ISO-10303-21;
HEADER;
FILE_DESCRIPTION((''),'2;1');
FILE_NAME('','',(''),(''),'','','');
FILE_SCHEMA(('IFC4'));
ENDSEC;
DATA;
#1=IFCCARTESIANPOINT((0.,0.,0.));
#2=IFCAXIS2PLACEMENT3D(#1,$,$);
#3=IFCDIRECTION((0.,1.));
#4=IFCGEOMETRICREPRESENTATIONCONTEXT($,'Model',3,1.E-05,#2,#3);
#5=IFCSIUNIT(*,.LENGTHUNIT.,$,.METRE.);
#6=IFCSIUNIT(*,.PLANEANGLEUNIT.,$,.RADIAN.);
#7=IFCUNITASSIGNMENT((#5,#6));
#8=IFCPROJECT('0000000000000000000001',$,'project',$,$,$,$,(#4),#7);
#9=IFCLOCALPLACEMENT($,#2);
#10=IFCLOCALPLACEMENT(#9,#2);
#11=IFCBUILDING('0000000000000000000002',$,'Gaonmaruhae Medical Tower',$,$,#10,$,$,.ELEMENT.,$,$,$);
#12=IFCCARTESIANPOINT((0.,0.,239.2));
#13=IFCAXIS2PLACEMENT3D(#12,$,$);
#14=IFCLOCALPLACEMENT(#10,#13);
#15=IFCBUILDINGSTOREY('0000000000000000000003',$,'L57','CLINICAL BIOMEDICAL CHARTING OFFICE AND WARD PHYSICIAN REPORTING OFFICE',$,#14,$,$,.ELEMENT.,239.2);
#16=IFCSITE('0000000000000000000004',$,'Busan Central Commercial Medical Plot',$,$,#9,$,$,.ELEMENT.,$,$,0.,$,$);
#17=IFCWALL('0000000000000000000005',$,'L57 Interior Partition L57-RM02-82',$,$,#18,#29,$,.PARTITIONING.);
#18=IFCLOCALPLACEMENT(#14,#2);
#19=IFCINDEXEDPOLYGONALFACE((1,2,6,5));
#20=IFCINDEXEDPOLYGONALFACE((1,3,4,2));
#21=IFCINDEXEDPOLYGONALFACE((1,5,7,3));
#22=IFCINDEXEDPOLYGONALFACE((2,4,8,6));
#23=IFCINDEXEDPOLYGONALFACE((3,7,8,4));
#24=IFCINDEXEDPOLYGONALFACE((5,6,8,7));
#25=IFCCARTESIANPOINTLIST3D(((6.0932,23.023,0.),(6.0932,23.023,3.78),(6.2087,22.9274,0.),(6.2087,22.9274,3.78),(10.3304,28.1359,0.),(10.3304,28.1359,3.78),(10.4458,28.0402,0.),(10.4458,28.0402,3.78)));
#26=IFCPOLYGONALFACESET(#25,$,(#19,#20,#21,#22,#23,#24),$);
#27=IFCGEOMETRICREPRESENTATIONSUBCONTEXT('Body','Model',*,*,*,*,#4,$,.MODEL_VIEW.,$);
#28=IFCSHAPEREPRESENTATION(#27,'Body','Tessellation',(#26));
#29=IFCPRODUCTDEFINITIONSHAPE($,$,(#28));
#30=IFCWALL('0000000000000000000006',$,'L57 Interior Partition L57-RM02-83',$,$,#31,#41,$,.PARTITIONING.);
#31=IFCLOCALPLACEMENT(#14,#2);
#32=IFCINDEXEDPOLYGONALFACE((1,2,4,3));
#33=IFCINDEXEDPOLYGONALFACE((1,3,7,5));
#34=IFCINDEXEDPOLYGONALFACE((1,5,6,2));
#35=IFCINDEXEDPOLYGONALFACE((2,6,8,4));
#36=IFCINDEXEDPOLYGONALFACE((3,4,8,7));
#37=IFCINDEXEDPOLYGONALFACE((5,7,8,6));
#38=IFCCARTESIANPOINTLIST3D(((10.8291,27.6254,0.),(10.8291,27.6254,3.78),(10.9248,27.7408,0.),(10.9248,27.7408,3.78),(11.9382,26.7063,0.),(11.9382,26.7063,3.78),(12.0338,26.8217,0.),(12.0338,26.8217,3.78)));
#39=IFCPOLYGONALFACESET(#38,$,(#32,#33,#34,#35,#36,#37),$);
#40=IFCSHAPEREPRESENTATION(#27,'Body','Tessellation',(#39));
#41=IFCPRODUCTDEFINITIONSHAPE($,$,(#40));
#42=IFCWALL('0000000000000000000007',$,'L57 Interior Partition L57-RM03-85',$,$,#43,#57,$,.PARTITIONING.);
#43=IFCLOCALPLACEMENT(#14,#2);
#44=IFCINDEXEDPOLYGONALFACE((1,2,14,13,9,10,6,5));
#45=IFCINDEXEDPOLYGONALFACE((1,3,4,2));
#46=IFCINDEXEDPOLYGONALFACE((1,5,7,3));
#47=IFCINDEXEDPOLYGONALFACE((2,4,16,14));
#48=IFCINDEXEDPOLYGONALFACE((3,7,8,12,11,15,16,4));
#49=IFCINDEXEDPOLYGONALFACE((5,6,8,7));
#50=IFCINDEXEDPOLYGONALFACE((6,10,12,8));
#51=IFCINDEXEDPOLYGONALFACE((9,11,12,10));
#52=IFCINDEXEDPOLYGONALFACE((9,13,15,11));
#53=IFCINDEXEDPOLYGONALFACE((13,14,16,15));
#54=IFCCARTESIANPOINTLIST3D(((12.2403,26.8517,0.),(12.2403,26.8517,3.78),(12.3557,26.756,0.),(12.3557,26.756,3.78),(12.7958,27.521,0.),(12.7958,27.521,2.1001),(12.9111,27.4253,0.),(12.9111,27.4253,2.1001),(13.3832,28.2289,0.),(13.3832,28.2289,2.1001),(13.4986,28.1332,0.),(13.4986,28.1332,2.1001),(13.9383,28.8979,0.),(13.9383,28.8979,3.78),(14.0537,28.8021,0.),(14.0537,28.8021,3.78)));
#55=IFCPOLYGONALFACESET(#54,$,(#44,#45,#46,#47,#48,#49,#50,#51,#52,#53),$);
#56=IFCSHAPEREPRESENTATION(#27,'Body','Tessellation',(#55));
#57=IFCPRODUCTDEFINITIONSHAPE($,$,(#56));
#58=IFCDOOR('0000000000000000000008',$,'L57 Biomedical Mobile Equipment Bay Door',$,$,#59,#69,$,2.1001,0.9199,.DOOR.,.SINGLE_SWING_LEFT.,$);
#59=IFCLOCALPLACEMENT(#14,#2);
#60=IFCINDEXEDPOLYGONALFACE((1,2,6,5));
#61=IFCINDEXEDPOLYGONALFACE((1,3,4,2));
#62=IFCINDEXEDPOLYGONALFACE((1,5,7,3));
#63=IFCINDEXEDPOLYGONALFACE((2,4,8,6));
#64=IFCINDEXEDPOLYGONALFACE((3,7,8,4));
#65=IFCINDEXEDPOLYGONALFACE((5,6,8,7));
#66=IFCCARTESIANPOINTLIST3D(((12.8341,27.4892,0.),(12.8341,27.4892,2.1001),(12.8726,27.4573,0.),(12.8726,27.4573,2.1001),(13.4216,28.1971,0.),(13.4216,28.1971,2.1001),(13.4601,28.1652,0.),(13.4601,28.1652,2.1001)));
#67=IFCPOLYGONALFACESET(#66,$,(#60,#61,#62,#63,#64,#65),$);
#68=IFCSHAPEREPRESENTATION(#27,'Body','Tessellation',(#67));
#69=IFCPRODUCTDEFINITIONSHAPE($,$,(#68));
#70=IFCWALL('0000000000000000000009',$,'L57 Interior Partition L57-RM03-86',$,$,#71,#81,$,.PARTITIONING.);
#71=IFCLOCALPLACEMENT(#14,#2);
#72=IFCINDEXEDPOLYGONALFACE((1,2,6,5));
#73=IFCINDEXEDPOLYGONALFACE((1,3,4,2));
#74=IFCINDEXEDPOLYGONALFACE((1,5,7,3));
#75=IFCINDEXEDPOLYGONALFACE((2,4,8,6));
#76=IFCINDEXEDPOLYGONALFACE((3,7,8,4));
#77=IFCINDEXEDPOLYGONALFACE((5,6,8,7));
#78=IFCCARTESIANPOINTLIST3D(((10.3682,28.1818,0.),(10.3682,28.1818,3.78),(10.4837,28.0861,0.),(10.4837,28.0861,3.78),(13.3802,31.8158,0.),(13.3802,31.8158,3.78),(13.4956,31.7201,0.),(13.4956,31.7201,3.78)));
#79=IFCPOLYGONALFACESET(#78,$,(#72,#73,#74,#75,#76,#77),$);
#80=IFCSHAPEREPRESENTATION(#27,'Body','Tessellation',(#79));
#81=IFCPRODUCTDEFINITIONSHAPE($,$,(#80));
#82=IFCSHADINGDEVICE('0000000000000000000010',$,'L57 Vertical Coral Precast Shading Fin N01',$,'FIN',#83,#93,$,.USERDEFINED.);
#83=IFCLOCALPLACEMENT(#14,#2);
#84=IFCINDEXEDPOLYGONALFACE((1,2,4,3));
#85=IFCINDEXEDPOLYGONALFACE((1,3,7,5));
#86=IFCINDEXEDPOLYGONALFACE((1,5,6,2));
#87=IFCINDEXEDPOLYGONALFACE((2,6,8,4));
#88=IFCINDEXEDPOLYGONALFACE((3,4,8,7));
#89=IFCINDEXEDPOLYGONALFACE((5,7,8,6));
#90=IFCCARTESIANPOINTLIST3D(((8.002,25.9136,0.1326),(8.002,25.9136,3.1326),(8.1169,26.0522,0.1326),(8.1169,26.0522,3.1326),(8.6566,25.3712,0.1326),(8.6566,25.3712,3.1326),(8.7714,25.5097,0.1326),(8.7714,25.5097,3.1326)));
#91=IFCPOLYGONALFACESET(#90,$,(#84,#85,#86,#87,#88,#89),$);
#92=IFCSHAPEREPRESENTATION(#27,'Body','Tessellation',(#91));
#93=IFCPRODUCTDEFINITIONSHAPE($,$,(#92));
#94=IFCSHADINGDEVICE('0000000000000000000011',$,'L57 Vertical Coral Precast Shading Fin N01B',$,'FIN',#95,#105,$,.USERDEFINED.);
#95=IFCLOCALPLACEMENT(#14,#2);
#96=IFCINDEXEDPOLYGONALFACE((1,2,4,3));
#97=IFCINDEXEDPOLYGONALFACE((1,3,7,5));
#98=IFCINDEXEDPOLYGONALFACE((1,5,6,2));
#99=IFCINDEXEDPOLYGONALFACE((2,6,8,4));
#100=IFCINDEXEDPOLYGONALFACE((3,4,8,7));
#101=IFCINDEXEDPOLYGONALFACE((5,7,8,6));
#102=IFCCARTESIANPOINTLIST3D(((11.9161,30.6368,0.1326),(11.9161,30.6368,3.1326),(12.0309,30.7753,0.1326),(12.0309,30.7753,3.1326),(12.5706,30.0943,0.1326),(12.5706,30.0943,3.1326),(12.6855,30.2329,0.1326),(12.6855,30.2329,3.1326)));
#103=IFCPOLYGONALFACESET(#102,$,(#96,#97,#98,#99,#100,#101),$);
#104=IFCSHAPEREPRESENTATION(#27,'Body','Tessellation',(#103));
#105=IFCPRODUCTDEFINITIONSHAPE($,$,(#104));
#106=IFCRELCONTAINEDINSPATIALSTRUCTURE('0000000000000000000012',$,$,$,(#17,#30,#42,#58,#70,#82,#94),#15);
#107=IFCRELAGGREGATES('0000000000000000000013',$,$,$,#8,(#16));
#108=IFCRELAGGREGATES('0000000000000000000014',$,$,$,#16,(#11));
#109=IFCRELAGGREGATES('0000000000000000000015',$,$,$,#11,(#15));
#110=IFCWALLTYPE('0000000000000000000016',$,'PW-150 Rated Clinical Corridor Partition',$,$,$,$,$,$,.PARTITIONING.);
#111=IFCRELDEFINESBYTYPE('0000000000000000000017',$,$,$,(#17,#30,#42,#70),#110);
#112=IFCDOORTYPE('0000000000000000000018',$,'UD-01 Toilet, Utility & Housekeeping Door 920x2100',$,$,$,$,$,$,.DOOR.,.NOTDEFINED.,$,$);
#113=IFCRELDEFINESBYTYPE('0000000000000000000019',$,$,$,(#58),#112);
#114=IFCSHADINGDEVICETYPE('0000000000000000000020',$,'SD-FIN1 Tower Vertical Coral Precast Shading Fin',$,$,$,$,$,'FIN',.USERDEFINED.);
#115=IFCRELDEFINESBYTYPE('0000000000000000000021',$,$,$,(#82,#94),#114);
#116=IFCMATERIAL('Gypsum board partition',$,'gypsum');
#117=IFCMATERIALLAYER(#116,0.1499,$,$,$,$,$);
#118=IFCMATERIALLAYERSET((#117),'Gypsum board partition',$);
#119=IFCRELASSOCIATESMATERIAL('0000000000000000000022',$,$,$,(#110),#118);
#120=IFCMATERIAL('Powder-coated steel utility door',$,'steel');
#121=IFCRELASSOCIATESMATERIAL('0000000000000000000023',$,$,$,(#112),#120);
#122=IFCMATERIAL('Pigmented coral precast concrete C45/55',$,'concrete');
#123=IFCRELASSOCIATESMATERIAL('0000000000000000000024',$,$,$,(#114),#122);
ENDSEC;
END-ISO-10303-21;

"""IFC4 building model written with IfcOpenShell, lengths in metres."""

from ifc_helpers import new_model, si_unit, direction, frame, frame_2d, origin, origin_2d, place, context, subcontext, project, spatial, rectangle, extrude, material, layer, layer_set, type_object, element, fill, save


model = new_model("IFC4")

# Units and contexts
model_context = context("Model", 3, precision=1e-05, world=origin(), true_north=direction((0.0, 1.0)))
body_context = subcontext(model_context, "Body", "Model", "MODEL_VIEW")
ifc_project = project(units=[si_unit("LENGTHUNIT", "METRE"), si_unit("PLANEANGLEUNIT", "RADIAN")], contexts=[model_context])

# Site, building, storey
site_placement = place(None, origin())
site = spatial("IfcSite", under=ifc_project, at=site_placement, Name="Busan Central Commercial Medical Plot", CompositionType="ELEMENT", RefElevation=0.0)
building_placement = place(site_placement, origin())
building = spatial("IfcBuilding", under=site, at=building_placement, Name="Gaonmaruhae Medical Tower", CompositionType="ELEMENT")
storey_placement = place(building_placement, frame((0.0, 0.0, 239.2)))
storey = spatial("IfcBuildingStorey", under=building, at=storey_placement, Name="L57", Description="CLINICAL BIOMEDICAL CHARTING OFFICE AND WARD PHYSICIAN REPORTING OFFICE", CompositionType="ELEMENT", Elevation=239.2)

# Shared definitions
ifc_material_1 = material(Name="Gypsum board partition", Category="gypsum")
ifc_layer_1 = layer(ifc_material_1, 0.1499)
ifc_layer_set_1 = layer_set([ifc_layer_1], Name="Gypsum board partition")
wall_type_1 = type_object("IfcWallType", Name="PW-150 Rated Clinical Corridor Partition", PredefinedType="PARTITIONING", material=ifc_layer_set_1)

# Walls
wall_1_placement = place(storey_placement, frame((6.1509, 22.9751, 0.0), z_axis=(0.0, 0.0, 1.0), x_axis=(0.638085, 0.769966, 0.0)))
element("IfcWall", 1, at=wall_1_placement, inside=storey, type_object=wall_type_1, Name="L57 Interior Partition L57-RM02-82", PredefinedType="PARTITIONING", context=body_context, shape_type="SweptSolid", body=[
    extrude(rectangle(XDim=6.6404, YDim=0.1499, at=frame_2d((3.3203, 0.0))), origin(), (0.0, 0.0, 1.0), 3.78),
])
wall_2_placement = place(storey_placement, frame((10.877, 27.6831, 0.0), z_axis=(0.0, 0.0, 1.0), x_axis=(0.769955, -0.638098, 0.0)))
element("IfcWall", 2, at=wall_2_placement, inside=storey, type_object=wall_type_1, Name="L57 Interior Partition L57-RM02-83", PredefinedType="PARTITIONING", context=body_context, shape_type="SweptSolid", body=[
    extrude(rectangle(XDim=1.4404, YDim=0.1499, at=frame_2d((0.7202, 0.0))), origin(), (0.0, 0.0, 1.0), 3.78),
])

# Wall, opening, door
wall_3_placement = place(storey_placement, frame((13.9961, 28.8501, 0.0), z_axis=(0.0, 0.0, 1.0), x_axis=(-0.638603, -0.769537, 0.0)))
wall_3 = element("IfcWall", 3, at=wall_3_placement, inside=storey, type_object=wall_type_1, Name="L57 Interior Partition L57-RM03-85", PredefinedType="PARTITIONING", context=body_context, shape_type="SweptSolid", body=[
    extrude(rectangle(XDim=2.6589, YDim=0.1499, at=frame_2d((1.3296, 0.0))), origin(), (0.0, 0.0, 1.0), 3.78),
])
opening_1_placement = place(wall_3_placement, frame((0.8694, 0.0, 0.0)))
opening_1 = element("IfcOpeningElement", 4, at=opening_1_placement, cuts=wall_3, PredefinedType="OPENING", context=body_context, shape_type="SweptSolid", body=[
    extrude(rectangle(XDim=0.9199, YDim=2.1001, at=frame_2d((0.46, 1.05))), frame((0.0, 0.085, 0.0), z_axis=(0.0, -1.0, 0.0), x_axis=(1.0, 0.0, 0.0)), (0.0, 0.0, 1.0), 0.1699),
])
ifc_material_2 = material(Name="Powder-coated steel utility door", Category="steel")
door_type_1 = type_object("IfcDoorType", Name="UD-01 Toilet, Utility & Housekeeping Door 920x2100", OperationType="NOTDEFINED", PredefinedType="DOOR", material=ifc_material_2)
door_1_placement = place(opening_1_placement, origin())
door_1 = element("IfcDoor", 5, at=door_1_placement, inside=storey, type_object=door_type_1, Name="L57 Biomedical Mobile Equipment Bay Door", OperationType="SINGLE_SWING_LEFT", OverallHeight=2.1001, OverallWidth=0.9199, PredefinedType="DOOR", context=body_context, shape_type="SweptSolid", body=[
    extrude(rectangle(XDim=0.9199, YDim=2.1001, at=frame_2d((0.46, 1.05))), frame((0.0, 0.0249, 0.0), z_axis=(0.0, -1.0, 0.0), x_axis=(1.0, 0.0, 0.0)), (0.0, 0.0, 1.0), 0.05),
])
fill(opening_1, door_1)

# Wall
wall_4_placement = place(storey_placement, frame((10.426, 28.134, 0.0), z_axis=(0.0, 0.0, 1.0), x_axis=(0.638132, 0.769927, 0.0)))
element("IfcWall", 6, at=wall_4_placement, inside=storey, type_object=wall_type_1, Name="L57 Interior Partition L57-RM03-86", PredefinedType="PARTITIONING", context=body_context, shape_type="SweptSolid", body=[
    extrude(rectangle(XDim=4.72, YDim=0.1499, at=frame_2d((2.3599, 0.0))), origin(), (0.0, 0.0, 1.0), 3.78),
])

# Shading devices
ifc_material_3 = material(Name="Pigmented coral precast concrete C45/55", Category="concrete")
shading_device_type = type_object("IfcShadingDeviceType", Name="SD-FIN1 Tower Vertical Coral Precast Shading Fin", ElementType="FIN", PredefinedType="USERDEFINED", material=ifc_material_3)
for number, where, z_axis, x_axis, name in (
    (7, (8.3867, 25.7117, 0.1326), (0.0, 0.0, 1.0), (0.638096, 0.769957, 0.0), "L57 Vertical Coral Precast Shading Fin N01"),
    (8, (12.3008, 30.4348, 0.1326), (0.0, 0.0, 1.0), (0.638096, 0.769957, 0.0), "L57 Vertical Coral Precast Shading Fin N01B"),
):
    element("IfcShadingDevice", number, at=place(storey_placement, frame(where, z_axis=z_axis, x_axis=x_axis)), inside=storey, type_object=shading_device_type, Name=name, ObjectType="FIN", PredefinedType="USERDEFINED", context=body_context, shape_type="SweptSolid", body=[
        extrude(rectangle(XDim=0.1799, YDim=0.8501, at=origin_2d()), origin(), (0.0, 0.0, 1.0), 3.0),
    ])

save(model, "model.ifc")
